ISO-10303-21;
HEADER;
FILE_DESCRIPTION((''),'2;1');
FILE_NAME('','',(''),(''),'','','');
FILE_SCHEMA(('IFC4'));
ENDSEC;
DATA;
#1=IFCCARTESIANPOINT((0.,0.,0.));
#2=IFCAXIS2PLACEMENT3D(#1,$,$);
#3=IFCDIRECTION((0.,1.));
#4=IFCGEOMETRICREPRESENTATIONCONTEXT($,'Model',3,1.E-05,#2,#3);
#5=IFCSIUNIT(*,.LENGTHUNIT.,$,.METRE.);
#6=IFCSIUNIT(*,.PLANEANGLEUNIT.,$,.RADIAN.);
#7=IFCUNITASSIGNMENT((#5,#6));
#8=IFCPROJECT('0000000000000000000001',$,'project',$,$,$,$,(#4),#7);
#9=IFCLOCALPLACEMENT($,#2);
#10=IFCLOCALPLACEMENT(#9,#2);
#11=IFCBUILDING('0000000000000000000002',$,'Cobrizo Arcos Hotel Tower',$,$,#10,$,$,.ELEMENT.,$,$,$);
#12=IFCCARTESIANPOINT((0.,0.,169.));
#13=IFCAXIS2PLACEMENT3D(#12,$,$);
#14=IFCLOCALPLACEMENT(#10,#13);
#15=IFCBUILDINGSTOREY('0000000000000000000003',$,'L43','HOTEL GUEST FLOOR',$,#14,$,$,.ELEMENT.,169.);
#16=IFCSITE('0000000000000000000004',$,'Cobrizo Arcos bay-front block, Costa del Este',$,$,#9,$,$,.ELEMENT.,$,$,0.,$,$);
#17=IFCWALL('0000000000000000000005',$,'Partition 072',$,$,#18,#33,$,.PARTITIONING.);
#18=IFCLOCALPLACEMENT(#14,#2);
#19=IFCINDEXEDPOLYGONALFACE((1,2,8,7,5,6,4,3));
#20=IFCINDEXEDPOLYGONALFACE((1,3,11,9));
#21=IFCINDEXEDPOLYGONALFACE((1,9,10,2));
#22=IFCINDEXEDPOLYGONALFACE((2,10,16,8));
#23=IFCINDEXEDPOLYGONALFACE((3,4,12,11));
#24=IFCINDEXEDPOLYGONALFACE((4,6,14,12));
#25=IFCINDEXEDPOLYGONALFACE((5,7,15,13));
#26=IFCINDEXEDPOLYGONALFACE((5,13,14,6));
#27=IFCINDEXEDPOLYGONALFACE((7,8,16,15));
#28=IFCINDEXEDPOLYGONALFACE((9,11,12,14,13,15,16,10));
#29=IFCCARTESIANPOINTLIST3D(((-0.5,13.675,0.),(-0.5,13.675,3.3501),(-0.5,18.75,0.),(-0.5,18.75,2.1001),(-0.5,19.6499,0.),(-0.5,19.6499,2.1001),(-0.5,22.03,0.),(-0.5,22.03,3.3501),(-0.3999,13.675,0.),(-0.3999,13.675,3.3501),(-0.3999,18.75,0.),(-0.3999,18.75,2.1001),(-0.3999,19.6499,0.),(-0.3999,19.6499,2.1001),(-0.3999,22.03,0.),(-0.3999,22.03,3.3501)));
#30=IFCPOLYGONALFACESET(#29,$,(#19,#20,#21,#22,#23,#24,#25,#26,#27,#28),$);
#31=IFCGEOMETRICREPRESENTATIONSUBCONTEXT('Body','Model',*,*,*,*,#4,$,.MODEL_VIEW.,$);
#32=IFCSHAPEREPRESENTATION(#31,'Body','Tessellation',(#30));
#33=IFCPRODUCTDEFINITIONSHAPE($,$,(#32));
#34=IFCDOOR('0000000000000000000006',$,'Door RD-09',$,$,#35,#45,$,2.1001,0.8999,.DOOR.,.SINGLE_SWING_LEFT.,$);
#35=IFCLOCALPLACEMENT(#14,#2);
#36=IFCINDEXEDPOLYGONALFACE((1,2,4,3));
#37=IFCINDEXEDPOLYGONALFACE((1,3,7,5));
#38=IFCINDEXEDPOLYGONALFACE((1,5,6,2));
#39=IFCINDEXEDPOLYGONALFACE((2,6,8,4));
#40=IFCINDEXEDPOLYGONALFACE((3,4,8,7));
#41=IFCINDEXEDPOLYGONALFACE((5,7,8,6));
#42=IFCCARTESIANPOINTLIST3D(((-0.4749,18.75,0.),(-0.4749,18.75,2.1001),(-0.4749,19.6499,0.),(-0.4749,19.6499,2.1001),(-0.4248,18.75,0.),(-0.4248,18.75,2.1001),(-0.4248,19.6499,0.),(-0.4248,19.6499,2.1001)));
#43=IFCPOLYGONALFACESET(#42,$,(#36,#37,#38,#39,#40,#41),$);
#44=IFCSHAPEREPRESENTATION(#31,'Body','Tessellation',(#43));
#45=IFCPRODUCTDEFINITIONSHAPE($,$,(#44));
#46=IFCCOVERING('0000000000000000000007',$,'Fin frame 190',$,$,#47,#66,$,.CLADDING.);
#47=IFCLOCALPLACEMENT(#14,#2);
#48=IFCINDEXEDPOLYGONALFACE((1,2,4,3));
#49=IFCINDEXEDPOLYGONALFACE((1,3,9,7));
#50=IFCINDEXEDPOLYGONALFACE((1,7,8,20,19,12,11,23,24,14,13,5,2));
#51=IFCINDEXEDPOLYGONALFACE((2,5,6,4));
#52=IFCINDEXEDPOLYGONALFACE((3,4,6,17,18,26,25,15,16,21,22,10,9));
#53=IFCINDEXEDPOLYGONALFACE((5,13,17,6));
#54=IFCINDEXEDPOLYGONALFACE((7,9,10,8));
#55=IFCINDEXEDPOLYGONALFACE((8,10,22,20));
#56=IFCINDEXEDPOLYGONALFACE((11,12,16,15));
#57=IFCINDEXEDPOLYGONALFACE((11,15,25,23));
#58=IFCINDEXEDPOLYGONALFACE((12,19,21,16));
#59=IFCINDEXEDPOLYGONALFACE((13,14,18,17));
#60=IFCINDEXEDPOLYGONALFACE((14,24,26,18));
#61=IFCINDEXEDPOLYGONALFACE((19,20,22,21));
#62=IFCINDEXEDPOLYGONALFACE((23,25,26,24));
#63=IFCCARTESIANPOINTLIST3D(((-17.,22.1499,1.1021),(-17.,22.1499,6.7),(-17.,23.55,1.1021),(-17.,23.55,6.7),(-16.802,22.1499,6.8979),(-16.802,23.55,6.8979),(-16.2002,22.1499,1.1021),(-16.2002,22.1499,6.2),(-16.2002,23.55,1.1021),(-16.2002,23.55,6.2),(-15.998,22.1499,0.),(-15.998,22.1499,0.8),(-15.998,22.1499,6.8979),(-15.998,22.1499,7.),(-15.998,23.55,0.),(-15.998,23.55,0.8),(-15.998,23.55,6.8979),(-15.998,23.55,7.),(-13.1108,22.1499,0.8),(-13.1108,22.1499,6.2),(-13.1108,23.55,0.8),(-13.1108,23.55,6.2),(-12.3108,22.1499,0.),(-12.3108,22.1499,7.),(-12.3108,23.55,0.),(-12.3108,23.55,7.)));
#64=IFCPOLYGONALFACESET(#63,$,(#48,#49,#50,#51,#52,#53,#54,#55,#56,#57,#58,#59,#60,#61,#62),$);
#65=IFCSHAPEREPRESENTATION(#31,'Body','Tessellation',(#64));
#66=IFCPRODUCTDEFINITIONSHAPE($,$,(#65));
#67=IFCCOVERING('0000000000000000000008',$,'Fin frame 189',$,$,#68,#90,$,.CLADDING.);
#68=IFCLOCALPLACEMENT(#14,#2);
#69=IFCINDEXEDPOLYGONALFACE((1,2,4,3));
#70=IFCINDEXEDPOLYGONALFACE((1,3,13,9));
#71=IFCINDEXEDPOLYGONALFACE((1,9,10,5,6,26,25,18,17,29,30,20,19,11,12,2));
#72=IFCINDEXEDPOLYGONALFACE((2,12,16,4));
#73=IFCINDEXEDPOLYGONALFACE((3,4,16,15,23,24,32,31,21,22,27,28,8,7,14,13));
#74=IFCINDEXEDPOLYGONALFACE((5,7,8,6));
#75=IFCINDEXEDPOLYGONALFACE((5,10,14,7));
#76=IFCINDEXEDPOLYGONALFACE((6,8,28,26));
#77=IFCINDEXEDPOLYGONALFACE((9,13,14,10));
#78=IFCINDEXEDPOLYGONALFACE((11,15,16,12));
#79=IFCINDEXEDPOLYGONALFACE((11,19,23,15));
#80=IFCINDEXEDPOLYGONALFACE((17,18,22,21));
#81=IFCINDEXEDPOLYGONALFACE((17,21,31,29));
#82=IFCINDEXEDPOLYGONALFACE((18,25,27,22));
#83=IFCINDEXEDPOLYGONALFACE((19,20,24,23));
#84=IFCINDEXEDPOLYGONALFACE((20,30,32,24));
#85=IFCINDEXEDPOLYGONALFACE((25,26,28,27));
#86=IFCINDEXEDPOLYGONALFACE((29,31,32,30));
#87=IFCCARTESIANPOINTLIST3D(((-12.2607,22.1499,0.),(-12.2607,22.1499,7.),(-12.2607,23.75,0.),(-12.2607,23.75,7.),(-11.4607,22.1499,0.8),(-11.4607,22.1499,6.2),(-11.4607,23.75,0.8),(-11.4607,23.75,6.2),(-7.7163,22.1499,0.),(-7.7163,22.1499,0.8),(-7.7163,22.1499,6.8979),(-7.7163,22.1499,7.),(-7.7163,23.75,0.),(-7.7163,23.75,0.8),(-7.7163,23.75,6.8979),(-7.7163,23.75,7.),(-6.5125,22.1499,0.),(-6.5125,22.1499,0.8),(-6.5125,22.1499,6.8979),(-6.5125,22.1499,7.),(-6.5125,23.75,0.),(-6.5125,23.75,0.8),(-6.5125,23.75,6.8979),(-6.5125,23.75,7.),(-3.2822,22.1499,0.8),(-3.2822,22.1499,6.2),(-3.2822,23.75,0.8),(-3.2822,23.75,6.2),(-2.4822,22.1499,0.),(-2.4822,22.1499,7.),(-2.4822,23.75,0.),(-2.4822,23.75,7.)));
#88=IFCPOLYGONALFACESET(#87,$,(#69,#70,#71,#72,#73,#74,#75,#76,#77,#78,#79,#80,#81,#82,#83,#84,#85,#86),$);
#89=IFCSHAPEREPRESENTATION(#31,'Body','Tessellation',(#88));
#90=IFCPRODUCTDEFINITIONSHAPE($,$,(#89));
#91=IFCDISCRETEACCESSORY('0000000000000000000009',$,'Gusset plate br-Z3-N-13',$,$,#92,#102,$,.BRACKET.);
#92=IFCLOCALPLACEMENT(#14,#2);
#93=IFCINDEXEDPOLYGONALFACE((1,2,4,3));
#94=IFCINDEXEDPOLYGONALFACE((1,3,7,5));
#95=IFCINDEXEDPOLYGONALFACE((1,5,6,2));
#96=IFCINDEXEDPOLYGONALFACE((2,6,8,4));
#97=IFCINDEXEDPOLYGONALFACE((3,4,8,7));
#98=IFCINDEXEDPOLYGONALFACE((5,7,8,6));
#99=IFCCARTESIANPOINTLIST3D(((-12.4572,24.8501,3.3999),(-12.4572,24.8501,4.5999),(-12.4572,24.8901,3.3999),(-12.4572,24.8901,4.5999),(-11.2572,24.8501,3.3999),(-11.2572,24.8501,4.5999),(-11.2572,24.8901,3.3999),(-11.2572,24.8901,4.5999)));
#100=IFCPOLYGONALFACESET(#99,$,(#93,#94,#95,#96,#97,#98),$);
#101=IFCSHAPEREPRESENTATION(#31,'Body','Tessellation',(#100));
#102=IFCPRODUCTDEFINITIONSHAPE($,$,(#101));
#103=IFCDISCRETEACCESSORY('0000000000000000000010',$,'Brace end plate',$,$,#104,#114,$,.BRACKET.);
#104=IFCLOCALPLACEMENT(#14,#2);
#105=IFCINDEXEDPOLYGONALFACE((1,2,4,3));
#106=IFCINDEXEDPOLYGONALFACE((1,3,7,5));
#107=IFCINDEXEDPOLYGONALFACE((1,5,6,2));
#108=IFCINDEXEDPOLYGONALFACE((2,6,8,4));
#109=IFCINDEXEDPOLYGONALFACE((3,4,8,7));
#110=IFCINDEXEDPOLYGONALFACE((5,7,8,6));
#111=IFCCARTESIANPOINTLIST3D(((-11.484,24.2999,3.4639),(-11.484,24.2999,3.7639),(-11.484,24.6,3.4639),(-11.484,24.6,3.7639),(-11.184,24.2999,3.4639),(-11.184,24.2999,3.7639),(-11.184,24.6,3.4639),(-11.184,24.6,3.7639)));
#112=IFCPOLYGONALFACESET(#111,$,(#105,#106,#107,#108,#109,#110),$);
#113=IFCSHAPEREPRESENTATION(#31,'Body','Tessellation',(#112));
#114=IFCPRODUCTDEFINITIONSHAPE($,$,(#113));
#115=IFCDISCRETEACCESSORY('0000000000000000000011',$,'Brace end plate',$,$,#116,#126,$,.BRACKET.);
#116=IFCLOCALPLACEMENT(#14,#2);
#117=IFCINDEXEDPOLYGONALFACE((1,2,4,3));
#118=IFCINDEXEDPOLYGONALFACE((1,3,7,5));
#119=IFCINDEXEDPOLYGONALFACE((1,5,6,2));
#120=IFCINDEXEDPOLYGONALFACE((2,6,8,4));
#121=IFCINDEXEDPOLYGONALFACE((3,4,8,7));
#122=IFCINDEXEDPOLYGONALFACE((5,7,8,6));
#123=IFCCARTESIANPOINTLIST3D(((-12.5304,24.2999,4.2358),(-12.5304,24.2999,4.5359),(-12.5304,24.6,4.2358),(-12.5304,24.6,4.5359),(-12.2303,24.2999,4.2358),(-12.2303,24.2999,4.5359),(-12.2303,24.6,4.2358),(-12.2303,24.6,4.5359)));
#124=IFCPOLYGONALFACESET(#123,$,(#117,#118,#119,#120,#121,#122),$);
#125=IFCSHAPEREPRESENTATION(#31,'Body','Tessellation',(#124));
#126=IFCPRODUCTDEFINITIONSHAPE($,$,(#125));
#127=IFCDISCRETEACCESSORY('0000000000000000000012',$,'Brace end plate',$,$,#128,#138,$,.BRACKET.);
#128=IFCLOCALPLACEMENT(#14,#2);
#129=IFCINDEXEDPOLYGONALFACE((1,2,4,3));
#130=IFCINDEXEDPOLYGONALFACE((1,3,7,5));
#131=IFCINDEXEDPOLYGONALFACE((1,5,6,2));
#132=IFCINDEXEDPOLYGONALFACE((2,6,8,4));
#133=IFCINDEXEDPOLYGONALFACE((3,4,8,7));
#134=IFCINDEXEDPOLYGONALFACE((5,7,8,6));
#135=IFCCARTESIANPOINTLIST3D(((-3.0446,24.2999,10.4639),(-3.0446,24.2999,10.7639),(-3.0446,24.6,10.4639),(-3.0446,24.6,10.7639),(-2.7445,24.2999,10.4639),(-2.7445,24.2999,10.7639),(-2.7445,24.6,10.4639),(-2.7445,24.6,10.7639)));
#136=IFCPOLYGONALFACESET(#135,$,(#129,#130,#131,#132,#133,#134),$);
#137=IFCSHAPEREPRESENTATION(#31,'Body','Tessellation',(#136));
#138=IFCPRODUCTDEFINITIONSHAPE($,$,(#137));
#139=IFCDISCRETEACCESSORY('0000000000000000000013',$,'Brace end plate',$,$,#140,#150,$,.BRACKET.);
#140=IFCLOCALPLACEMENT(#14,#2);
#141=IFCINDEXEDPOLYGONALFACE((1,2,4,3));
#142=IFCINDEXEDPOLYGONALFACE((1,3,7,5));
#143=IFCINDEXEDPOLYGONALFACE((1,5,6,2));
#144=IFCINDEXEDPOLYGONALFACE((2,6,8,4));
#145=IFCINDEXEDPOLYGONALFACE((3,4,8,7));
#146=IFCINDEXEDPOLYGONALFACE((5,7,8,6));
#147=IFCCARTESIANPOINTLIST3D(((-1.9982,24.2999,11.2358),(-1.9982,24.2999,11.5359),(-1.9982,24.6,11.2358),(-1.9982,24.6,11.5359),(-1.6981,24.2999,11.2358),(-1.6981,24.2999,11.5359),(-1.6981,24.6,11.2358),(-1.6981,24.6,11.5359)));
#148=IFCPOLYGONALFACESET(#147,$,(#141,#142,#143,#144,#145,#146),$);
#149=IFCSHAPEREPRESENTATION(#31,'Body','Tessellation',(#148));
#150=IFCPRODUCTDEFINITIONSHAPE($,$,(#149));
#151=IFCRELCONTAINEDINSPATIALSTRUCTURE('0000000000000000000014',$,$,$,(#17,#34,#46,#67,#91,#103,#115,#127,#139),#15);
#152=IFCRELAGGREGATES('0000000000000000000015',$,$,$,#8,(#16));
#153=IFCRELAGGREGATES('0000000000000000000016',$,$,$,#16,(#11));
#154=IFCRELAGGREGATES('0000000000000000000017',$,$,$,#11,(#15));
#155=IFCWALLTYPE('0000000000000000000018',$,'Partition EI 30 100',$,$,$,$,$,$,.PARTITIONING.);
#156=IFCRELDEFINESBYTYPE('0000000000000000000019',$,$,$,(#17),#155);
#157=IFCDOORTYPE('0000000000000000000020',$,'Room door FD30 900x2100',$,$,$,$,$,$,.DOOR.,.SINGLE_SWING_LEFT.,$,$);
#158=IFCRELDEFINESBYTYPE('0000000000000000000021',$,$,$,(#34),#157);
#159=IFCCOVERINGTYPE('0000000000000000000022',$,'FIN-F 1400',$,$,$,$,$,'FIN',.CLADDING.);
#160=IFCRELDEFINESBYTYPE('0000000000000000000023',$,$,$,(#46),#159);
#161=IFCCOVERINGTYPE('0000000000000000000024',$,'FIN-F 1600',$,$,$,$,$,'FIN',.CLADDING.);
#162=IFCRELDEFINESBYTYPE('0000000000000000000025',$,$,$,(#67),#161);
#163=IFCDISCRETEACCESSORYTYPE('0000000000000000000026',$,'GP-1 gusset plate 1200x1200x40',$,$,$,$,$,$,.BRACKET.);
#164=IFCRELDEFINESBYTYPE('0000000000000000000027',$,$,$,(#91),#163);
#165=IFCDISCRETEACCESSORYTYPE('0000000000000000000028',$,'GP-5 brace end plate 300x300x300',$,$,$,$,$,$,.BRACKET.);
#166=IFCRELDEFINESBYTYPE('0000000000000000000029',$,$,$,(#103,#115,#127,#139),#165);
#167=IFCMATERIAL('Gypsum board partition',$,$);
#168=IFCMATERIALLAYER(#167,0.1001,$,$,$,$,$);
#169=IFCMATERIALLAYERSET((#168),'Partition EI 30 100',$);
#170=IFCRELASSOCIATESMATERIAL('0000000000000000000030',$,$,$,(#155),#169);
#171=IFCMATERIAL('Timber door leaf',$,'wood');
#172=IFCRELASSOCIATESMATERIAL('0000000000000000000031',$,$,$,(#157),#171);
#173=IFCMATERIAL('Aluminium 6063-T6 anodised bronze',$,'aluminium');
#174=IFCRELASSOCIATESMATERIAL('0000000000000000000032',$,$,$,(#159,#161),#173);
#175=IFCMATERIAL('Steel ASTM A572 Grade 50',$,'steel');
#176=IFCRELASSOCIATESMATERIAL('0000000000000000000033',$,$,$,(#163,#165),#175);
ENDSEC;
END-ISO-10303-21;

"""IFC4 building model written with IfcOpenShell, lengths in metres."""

from ifc_helpers import new_model, si_unit, direction, frame, frame_2d, origin, origin_2d, place, context, subcontext, project, spatial, polyline, rectangle, outline, extrude, material, layer, layer_set, type_object, element, fill, save


model = new_model("IFC4")

# Units and contexts
model_context = context("Model", 3, precision=1e-05, world=origin(), true_north=direction((0.0, 1.0)))
body_context = subcontext(model_context, "Body", "Model", "MODEL_VIEW")
ifc_project = project(units=[si_unit("LENGTHUNIT", "METRE"), si_unit("PLANEANGLEUNIT", "RADIAN")], contexts=[model_context])

# Site, building, storey
site_placement = place(None, origin())
site = spatial("IfcSite", under=ifc_project, at=site_placement, Name="Cobrizo Arcos bay-front block, Costa del Este", CompositionType="ELEMENT", RefElevation=0.0)
building_placement = place(site_placement, origin())
building = spatial("IfcBuilding", under=site, at=building_placement, Name="Cobrizo Arcos Hotel Tower", CompositionType="ELEMENT")
storey_placement = place(building_placement, frame((0.0, 0.0, 169.0)))
storey = spatial("IfcBuildingStorey", under=building, at=storey_placement, Name="L43", Description="HOTEL GUEST FLOOR", CompositionType="ELEMENT", Elevation=169.0)

# Shared definitions
ifc_material_1 = material(Name="Steel ASTM A572 Grade 50", Category="steel")

# Shared definitions
ifc_material_2 = material(Name="Aluminium 6063-T6 anodised bronze", Category="aluminium")

# Shared definitions
ifc_material_3 = material(Name="Gypsum board partition")
ifc_layer_1 = layer(ifc_material_3, 0.1001)
ifc_layer_set_1 = layer_set([ifc_layer_1], Name="Partition EI 30 100")
wall_type = type_object("IfcWallType", Name="Partition EI 30 100", PredefinedType="PARTITIONING", material=ifc_layer_set_1)

# Shared definitions
ifc_material_4 = material(Name="Timber door leaf", Category="wood")

# Wall, opening, door
wall_1_placement = place(storey_placement, frame((-0.45, 13.675, 0.0), z_axis=(0.0, 0.0, 1.0), x_axis=(0.0, 1.0, 0.0)))
wall_1 = element("IfcWall", 1, at=wall_1_placement, inside=storey, type_object=wall_type, Name="Partition 072", PredefinedType="PARTITIONING", context=body_context, shape_type="SweptSolid", body=[
    extrude(rectangle(XDim=8.355, YDim=0.1001, at=frame_2d((4.1775, 0.0))), origin(), (0.0, 0.0, 1.0), 3.3501),
])
opening_1_placement = place(wall_1_placement, frame((5.075, 0.0, 0.0)))
opening_1 = element("IfcOpeningElement", 2, at=opening_1_placement, cuts=wall_1, PredefinedType="OPENING", context=body_context, shape_type="SweptSolid", body=[
    extrude(rectangle(XDim=0.8999, YDim=2.1001, at=frame_2d((0.45, 1.05))), frame((0.0, 0.062, 0.0), z_axis=(0.0, -1.0, 0.0), x_axis=(1.0, 0.0, 0.0)), (0.0, 0.0, 1.0), 0.124),
])
door_type_1 = type_object("IfcDoorType", Name="Room door FD30 900x2100", OperationType="SINGLE_SWING_LEFT", PredefinedType="DOOR", material=ifc_material_4)
door_1_placement = place(opening_1_placement, origin())
door_1 = element("IfcDoor", 3, at=door_1_placement, inside=storey, type_object=door_type_1, Name="Door RD-09", OperationType="SINGLE_SWING_LEFT", OverallHeight=2.1001, OverallWidth=0.8999, PredefinedType="DOOR", context=body_context, shape_type="SweptSolid", body=[
    extrude(rectangle(XDim=0.8999, YDim=2.1001, at=frame_2d((0.45, 1.05))), frame((0.0, 0.0249, 0.0), z_axis=(0.0, -1.0, 0.0), x_axis=(1.0, 0.0, 0.0)), (0.0, 0.0, 1.0), 0.05),
])
fill(opening_1, door_1)

# Coverings
covering_type_1 = type_object("IfcCoveringType", Name="FIN-F 1400", ElementType="FIN", PredefinedType="CLADDING", material=ifc_material_2)
covering_1_placement = place(storey_placement, frame((-12.3108, 22.1499, 0.0), z_axis=(0.0, 1.0, 0.0), x_axis=(-1.0, 0.0, 0.0)))
element("IfcCovering", 4, at=covering_1_placement, inside=storey, type_object=covering_type_1, Name="Fin frame 190", PredefinedType="CLADDING", context=body_context, shape_type="SweptSolid", body=[
    extrude(outline(polyline([(0.0, 0.0), (3.6873, 0.0), (3.6873, 0.8), (0.8, 0.8), (0.8, 6.2), (3.8894, 6.2), (3.8894, 1.1021), (4.6892, 1.1021), (4.6892, 6.7), (4.4912, 6.8979), (3.6873, 6.8979), (3.6873, 7.0), (0.0, 7.0), (0.0, 0.0)])), origin(), (0.0, 0.0, 1.0), 1.4001),
])
covering_type_2 = type_object("IfcCoveringType", Name="FIN-F 1600", ElementType="FIN", PredefinedType="CLADDING", material=ifc_material_2)
covering_2_placement = place(storey_placement, frame((-2.4822, 22.1499, 0.0), z_axis=(0.0, 1.0, 0.0), x_axis=(-1.0, 0.0, 0.0)))
element("IfcCovering", 5, at=covering_2_placement, inside=storey, type_object=covering_type_2, Name="Fin frame 189", PredefinedType="CLADDING", context=body_context, shape_type="SweptSolid", body=[
    extrude(outline(polyline([(0.0, 0.0), (4.0303, 0.0), (4.0303, 0.8), (0.8, 0.8), (0.8, 6.2), (8.9785, 6.2), (8.9785, 0.8), (5.2341, 0.8), (5.2341, 0.0), (9.7786, 0.0), (9.7786, 7.0), (5.2341, 7.0), (5.2341, 6.8979), (4.0303, 6.8979), (4.0303, 7.0), (0.0, 7.0), (0.0, 0.0)])), origin(), (0.0, 0.0, 1.0), 1.6001),
])

# Discrete accessories
discrete_accessory_type_1 = type_object("IfcDiscreteAccessoryType", Name="GP-1 gusset plate 1200x1200x40", PredefinedType="BRACKET", material=ifc_material_1)
discrete_accessory_placement = place(storey_placement, frame((-11.8572, 24.8701, 3.3999), z_axis=(0.0, 0.0, 1.0), x_axis=(1.0, 0.0, 0.0)))
element("IfcDiscreteAccessory", 6, at=discrete_accessory_placement, inside=storey, type_object=discrete_accessory_type_1, Name="Gusset plate br-Z3-N-13", PredefinedType="BRACKET", context=body_context, shape_type="SweptSolid", body=[
    extrude(rectangle(XDim=1.2, YDim=0.04, at=origin_2d()), origin(), (0.0, 0.0, 1.0), 1.2),
])
discrete_accessory_type_2 = type_object("IfcDiscreteAccessoryType", Name="GP-5 brace end plate 300x300x300", PredefinedType="BRACKET", material=ifc_material_1)
for number, where, z_axis, x_axis, name in (
    (7, (-11.334, 24.45, 3.4639), (0.0, 0.0, 1.0), (1.0, 0.0, 0.0), "Brace end plate"),
    (8, (-12.3804, 24.45, 4.2358), (0.0, 0.0, 1.0), (1.0, 0.0, 0.0), "Brace end plate"),
    (9, (-2.8945, 24.45, 10.4639), (0.0, 0.0, 1.0), (1.0, 0.0, 0.0), "Brace end plate"),
    (10, (-1.8481, 24.45, 11.2358), (0.0, 0.0, 1.0), (1.0, 0.0, 0.0), "Brace end plate"),
):
    element("IfcDiscreteAccessory", number, at=place(storey_placement, frame(where, z_axis=z_axis, x_axis=x_axis)), inside=storey, type_object=discrete_accessory_type_2, Name=name, PredefinedType="BRACKET", context=body_context, shape_type="SweptSolid", body=[
        extrude(rectangle(XDim=0.3, YDim=0.3, at=origin_2d()), origin(), (0.0, 0.0, 1.0), 0.3),
    ])

save(model, "model.ifc")
